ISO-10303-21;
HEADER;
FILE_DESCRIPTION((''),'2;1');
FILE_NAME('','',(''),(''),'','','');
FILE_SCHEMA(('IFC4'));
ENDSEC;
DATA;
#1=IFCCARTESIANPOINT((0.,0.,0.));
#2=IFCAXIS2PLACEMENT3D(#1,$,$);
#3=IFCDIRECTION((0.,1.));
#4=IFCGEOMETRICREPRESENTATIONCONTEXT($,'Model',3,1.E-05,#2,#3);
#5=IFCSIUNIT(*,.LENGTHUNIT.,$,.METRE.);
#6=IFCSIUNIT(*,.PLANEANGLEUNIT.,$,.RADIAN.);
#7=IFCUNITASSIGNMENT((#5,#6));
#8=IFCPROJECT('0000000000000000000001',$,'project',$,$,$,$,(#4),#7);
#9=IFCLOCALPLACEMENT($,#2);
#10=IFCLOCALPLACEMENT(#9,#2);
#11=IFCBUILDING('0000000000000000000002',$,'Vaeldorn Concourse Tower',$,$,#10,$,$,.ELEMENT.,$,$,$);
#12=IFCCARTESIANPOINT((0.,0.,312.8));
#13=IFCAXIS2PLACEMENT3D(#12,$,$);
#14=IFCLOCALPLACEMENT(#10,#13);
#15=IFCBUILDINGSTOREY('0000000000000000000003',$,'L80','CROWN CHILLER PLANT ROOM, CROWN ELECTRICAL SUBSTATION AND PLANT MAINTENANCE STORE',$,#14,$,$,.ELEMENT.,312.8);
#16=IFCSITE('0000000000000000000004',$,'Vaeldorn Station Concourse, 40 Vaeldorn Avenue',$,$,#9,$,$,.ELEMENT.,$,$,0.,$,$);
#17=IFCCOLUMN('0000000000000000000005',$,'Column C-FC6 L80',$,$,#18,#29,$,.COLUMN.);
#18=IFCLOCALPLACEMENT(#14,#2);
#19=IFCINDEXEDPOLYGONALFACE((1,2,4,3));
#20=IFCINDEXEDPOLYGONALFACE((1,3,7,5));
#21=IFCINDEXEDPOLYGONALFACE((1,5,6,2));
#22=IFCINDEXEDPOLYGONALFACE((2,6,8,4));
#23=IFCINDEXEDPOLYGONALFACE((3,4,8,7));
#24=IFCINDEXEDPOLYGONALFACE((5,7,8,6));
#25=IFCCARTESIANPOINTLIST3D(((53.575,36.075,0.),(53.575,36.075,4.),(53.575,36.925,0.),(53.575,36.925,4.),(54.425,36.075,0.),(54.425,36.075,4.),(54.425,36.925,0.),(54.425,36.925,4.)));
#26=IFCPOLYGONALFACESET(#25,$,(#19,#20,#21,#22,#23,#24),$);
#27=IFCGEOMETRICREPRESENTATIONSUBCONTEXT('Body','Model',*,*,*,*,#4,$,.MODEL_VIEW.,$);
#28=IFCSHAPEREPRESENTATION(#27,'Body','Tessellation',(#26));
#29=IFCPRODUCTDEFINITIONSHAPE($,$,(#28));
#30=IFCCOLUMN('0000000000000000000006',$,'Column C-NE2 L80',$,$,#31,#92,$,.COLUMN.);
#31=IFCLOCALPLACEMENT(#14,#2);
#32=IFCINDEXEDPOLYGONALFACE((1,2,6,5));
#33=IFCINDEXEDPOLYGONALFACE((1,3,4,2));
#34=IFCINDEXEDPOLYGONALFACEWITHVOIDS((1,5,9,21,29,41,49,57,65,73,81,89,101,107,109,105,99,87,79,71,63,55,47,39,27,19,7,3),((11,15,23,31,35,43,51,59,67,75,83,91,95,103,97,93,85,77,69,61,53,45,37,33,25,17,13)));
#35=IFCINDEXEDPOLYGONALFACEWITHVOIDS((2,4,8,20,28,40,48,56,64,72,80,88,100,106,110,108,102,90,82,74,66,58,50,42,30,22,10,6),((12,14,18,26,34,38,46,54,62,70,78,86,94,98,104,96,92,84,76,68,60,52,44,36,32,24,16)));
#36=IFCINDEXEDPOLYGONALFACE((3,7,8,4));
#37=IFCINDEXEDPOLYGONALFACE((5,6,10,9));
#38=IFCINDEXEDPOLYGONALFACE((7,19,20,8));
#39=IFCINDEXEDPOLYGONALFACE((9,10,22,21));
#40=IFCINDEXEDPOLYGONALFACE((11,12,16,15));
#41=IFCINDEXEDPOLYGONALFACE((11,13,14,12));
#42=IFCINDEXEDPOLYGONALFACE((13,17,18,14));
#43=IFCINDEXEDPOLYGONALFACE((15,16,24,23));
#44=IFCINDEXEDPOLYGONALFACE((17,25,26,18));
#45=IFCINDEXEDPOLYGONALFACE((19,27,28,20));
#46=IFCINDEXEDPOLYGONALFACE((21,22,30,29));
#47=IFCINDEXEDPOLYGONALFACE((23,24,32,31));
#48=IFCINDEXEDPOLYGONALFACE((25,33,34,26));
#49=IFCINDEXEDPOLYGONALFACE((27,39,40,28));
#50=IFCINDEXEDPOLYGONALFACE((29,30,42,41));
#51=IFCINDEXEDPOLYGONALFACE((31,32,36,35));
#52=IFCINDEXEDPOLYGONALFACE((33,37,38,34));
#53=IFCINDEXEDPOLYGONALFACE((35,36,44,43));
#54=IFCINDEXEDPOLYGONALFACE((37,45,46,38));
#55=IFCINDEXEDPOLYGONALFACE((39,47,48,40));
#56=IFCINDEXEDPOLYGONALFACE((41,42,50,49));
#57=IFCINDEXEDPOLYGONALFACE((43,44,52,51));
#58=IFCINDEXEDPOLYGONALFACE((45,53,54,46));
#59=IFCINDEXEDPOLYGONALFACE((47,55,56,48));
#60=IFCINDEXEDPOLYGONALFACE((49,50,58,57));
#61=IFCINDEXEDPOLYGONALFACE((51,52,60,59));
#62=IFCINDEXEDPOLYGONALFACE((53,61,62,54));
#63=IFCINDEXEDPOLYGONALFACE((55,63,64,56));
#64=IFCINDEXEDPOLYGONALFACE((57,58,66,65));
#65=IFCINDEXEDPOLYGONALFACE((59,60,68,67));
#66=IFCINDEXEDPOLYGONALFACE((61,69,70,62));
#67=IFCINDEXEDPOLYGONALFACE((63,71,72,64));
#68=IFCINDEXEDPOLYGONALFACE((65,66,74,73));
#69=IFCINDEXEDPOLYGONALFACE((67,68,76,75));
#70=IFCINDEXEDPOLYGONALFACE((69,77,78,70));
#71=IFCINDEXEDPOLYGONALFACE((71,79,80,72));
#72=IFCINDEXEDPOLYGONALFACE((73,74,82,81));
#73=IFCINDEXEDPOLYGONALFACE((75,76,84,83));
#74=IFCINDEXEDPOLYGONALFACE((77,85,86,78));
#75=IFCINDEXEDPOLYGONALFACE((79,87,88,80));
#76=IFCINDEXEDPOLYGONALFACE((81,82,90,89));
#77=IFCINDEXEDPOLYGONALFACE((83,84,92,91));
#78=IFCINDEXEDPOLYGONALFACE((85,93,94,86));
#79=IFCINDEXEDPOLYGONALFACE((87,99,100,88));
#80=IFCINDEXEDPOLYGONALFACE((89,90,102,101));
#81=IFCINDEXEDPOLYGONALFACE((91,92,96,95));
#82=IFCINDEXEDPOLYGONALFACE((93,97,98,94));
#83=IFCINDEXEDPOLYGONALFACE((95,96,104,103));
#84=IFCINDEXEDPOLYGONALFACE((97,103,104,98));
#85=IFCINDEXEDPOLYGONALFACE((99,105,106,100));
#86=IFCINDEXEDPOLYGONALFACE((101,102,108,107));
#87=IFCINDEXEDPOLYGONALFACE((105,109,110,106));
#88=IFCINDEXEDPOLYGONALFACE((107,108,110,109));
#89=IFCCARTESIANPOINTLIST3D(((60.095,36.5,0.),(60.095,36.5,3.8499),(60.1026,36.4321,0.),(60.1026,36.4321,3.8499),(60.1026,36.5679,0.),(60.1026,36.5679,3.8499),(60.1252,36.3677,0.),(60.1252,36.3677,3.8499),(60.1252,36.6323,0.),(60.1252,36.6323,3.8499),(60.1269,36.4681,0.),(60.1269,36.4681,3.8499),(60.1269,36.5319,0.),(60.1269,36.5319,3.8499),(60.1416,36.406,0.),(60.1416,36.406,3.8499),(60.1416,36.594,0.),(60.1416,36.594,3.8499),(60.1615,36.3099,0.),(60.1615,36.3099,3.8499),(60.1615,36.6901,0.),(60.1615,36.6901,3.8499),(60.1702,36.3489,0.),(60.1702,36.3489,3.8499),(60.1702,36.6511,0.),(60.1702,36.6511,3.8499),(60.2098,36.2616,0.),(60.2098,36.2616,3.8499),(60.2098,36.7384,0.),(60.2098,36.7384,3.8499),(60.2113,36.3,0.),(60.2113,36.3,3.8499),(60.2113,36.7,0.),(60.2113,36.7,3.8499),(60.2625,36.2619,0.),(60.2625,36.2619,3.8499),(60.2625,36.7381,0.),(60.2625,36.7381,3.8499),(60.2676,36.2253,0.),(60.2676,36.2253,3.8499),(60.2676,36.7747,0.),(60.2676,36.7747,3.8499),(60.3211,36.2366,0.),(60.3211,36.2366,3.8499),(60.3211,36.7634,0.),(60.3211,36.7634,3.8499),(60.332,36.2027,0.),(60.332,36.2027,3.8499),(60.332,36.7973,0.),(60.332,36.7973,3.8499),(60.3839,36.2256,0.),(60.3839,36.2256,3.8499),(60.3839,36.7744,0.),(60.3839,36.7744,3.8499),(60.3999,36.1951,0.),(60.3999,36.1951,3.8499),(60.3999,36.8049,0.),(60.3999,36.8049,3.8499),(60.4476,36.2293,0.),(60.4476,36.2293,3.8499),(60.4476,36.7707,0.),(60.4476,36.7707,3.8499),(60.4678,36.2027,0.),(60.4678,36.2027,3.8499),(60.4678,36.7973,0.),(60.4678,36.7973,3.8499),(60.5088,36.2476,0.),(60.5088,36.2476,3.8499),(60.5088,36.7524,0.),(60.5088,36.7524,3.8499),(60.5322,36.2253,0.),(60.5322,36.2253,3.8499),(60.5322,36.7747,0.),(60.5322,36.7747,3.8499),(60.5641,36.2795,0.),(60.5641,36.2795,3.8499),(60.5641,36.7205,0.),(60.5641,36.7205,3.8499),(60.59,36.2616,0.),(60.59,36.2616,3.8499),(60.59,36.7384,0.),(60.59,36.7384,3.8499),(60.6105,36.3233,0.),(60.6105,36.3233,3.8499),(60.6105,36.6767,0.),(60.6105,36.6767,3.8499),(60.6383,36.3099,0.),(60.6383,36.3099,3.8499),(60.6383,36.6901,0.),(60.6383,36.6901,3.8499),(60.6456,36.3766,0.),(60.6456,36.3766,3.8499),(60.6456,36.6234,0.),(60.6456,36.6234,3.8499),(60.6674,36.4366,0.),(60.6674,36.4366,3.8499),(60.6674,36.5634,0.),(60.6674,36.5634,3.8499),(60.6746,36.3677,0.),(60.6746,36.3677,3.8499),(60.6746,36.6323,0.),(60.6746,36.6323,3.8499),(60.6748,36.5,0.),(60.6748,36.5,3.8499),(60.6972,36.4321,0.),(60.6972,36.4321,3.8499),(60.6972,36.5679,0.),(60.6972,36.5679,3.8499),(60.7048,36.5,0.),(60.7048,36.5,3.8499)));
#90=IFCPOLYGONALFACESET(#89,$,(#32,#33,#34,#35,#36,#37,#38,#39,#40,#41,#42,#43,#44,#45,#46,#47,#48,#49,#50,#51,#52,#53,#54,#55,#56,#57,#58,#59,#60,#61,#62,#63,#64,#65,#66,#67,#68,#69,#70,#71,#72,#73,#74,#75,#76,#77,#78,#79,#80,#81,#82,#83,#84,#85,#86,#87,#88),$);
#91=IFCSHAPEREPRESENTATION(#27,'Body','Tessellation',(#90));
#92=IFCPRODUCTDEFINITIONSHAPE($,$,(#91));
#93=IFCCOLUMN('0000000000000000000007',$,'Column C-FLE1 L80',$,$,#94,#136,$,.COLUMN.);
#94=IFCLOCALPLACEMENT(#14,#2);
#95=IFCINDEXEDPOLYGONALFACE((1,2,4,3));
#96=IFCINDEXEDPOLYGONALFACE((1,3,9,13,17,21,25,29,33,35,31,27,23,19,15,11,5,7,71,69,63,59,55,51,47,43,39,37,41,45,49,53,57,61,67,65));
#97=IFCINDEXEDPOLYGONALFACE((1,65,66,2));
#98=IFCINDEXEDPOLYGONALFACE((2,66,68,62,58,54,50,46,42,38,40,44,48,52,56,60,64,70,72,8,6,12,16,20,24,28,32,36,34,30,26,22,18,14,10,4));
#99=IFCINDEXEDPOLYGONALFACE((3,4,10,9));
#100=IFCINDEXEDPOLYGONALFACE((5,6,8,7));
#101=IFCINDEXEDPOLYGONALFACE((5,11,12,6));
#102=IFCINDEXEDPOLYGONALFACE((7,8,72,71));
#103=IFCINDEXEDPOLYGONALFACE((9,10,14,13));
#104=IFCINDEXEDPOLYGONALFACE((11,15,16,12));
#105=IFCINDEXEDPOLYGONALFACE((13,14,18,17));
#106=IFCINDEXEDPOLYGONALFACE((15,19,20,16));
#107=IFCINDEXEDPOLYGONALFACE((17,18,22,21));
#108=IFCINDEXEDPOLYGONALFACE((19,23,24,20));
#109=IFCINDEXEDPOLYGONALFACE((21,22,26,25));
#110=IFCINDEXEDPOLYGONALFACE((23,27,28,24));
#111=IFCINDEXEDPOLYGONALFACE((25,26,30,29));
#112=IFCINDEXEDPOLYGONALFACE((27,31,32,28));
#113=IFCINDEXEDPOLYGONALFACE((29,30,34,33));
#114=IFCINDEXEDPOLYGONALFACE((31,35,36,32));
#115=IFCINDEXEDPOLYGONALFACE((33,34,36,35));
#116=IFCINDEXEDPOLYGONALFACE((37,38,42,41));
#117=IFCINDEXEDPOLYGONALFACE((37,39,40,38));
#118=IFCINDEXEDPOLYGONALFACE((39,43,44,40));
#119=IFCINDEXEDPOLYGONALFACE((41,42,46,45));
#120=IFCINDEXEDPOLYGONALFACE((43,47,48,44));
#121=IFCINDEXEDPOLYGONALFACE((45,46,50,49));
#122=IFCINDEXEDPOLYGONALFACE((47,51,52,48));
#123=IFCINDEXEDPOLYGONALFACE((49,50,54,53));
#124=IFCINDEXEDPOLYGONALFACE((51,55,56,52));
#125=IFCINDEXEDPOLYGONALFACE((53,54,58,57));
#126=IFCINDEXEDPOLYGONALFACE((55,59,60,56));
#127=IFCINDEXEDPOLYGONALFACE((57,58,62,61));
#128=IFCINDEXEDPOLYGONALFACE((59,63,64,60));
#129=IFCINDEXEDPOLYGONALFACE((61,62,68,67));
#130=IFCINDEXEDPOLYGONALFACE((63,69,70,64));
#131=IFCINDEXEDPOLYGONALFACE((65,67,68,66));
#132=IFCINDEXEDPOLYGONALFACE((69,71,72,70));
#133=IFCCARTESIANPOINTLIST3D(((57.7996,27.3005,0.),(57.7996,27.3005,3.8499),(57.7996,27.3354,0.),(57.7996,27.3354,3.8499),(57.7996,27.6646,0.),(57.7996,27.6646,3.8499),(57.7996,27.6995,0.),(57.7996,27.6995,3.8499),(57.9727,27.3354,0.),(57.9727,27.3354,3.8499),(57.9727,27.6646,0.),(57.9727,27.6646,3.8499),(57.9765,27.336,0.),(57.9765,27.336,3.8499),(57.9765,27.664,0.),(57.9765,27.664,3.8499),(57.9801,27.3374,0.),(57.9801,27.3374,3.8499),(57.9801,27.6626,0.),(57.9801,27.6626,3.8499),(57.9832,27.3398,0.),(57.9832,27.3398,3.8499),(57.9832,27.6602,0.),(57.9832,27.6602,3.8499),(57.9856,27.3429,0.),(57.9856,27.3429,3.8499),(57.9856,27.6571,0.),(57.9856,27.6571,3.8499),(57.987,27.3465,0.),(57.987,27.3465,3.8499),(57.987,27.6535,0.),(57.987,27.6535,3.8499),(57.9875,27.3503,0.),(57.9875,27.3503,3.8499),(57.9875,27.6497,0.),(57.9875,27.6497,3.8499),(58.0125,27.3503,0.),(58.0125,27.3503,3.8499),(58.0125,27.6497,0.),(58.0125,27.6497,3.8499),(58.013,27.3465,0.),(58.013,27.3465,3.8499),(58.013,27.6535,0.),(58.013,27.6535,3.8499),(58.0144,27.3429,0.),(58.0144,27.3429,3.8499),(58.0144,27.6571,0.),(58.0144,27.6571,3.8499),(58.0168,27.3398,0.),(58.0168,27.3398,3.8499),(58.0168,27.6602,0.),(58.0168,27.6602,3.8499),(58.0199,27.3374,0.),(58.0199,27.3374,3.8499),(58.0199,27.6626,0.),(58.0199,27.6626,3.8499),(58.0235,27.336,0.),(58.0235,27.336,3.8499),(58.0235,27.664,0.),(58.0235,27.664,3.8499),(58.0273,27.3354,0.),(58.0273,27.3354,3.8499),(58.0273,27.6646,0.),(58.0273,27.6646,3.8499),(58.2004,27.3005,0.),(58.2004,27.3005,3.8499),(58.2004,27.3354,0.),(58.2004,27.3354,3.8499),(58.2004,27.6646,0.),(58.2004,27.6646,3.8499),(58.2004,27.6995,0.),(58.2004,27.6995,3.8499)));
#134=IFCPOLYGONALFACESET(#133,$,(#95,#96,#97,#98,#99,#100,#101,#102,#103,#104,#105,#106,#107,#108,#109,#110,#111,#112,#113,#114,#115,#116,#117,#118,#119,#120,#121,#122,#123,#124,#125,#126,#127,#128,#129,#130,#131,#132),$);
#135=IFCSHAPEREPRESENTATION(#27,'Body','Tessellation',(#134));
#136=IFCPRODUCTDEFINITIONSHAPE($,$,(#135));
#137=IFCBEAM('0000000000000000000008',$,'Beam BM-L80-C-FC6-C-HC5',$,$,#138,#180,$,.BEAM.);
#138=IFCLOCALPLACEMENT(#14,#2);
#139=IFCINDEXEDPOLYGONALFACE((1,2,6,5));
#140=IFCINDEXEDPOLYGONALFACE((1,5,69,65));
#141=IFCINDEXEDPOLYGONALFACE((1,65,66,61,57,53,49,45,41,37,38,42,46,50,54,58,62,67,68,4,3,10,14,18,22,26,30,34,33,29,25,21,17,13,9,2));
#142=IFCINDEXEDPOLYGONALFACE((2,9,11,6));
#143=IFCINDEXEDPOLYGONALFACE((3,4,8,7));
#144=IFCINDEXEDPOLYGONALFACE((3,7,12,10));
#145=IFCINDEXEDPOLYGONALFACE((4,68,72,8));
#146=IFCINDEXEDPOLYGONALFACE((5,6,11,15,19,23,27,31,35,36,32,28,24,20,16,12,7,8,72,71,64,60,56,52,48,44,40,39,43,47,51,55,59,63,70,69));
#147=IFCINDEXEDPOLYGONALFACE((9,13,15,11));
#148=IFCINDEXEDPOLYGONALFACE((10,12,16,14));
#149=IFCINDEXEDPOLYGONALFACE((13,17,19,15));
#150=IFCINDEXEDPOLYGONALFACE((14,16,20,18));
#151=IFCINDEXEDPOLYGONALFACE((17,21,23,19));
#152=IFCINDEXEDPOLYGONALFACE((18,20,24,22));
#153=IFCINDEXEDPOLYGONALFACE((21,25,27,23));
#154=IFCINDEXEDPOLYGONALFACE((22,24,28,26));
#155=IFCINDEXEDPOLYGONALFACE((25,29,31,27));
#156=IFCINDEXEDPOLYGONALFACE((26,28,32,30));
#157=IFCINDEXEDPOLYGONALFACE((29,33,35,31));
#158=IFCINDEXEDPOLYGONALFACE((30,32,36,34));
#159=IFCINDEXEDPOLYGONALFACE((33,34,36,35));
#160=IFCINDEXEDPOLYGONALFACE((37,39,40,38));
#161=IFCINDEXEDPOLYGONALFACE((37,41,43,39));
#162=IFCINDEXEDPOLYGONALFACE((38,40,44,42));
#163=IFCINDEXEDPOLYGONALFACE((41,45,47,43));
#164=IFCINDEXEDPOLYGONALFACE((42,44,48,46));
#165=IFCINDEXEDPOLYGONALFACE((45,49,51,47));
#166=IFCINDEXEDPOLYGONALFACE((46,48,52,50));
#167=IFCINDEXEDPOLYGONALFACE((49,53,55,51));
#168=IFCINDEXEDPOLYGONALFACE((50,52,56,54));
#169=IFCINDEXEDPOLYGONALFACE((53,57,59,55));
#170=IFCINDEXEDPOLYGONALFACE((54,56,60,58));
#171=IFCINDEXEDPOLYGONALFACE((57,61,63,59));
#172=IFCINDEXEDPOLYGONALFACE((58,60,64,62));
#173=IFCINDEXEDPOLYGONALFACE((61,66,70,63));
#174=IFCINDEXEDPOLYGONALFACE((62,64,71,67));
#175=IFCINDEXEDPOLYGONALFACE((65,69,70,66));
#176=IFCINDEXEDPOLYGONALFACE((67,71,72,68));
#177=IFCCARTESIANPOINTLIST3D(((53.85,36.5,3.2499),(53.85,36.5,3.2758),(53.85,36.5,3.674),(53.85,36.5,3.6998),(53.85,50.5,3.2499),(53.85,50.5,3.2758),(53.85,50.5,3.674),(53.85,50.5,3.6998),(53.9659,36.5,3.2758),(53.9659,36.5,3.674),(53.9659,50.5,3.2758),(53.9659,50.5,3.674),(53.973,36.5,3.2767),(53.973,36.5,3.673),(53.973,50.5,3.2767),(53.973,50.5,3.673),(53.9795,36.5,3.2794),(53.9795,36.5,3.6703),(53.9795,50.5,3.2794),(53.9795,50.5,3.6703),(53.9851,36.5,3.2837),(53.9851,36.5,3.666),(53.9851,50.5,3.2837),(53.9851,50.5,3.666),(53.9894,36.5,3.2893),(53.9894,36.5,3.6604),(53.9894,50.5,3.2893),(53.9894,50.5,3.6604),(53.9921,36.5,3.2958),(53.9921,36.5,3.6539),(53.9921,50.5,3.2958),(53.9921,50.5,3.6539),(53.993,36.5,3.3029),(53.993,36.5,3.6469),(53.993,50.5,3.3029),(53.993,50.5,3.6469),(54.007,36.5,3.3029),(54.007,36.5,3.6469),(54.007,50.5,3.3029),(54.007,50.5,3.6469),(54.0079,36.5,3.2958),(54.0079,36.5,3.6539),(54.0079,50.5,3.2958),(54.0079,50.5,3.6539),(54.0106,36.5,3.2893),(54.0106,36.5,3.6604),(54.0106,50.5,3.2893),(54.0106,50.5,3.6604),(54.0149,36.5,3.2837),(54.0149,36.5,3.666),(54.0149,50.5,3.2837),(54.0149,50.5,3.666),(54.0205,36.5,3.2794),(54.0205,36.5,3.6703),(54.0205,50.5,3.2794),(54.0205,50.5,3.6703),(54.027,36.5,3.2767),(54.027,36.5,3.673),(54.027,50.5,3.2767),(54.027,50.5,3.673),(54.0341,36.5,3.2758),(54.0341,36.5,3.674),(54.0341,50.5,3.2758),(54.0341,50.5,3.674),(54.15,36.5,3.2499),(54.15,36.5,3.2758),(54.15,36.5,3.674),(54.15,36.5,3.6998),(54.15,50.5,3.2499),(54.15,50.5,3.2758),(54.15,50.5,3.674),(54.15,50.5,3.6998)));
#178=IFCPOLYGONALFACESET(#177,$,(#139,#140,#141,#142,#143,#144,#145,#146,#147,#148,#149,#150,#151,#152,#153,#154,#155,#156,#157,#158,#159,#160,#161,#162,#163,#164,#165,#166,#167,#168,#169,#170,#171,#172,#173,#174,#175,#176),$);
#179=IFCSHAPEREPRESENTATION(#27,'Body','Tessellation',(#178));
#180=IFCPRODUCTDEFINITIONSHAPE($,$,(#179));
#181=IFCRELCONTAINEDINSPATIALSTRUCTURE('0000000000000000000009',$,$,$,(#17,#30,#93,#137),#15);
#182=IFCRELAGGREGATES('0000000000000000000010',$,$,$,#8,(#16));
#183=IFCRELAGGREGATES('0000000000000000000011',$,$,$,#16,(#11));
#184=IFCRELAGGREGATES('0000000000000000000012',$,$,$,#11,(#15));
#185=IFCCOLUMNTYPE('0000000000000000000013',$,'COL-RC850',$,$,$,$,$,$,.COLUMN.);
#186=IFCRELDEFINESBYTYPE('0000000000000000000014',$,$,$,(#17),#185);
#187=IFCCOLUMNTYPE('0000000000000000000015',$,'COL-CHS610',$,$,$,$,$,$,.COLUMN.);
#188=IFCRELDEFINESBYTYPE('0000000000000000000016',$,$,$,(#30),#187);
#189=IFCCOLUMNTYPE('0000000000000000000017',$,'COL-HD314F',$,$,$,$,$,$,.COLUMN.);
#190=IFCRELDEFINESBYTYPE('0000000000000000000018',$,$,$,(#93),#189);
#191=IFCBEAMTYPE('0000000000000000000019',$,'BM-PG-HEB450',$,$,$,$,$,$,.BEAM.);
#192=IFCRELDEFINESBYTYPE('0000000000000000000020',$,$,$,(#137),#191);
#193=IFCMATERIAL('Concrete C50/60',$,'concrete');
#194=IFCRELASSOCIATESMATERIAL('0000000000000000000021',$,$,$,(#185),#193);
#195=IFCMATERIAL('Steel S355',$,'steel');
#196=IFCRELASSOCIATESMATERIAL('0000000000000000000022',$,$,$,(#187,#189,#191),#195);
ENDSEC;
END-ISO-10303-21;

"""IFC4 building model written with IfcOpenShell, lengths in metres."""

from ifc_helpers import new_model, si_unit, direction, frame, origin, origin_2d, place, context, subcontext, project, spatial, rectangle, hollow_circle, i_section, extrude, source, transform, mapped, material, material_profile, profile_set, type_object, element, save


model = new_model("IFC4")

# Units and contexts
model_context = context("Model", 3, precision=1e-05, world=origin(), true_north=direction((0.0, 1.0)))
body_context = subcontext(model_context, "Body", "Model", "MODEL_VIEW")
ifc_project = project(units=[si_unit("LENGTHUNIT", "METRE"), si_unit("PLANEANGLEUNIT", "RADIAN")], contexts=[model_context])

# Site, building, storey
site_placement = place(None, origin())
site = spatial("IfcSite", under=ifc_project, at=site_placement, Name="Vaeldorn Station Concourse, 40 Vaeldorn Avenue", CompositionType="ELEMENT", RefElevation=0.0)
building_placement = place(site_placement, origin())
building = spatial("IfcBuilding", under=site, at=building_placement, Name="Vaeldorn Concourse Tower", CompositionType="ELEMENT")
storey_placement = place(building_placement, frame((0.0, 0.0, 312.8)))
storey = spatial("IfcBuildingStorey", under=building, at=storey_placement, Name="L80", Description="CROWN CHILLER PLANT ROOM, CROWN ELECTRICAL SUBSTATION AND PLANT MAINTENANCE STORE", CompositionType="ELEMENT", Elevation=312.8)

# Columns
ifc_material_1 = material(Name="Concrete C50/60", Category="concrete")
ifc_material_profile_1 = material_profile(ifc_material_1, rectangle(XDim=0.8501, YDim=0.8501, at=origin_2d()), Name="RC 850x850")
ifc_profile_set_1 = profile_set([ifc_material_profile_1], Name="Concrete C50/60")
column_type_1 = type_object("IfcColumnType", Name="COL-RC850", PredefinedType="COLUMN", material=ifc_profile_set_1)
shared_shape_1 = source(origin(), body_context, "Body", "SweptSolid", [
    extrude(rectangle(XDim=0.8501, YDim=0.8501, at=origin_2d()), origin(), (0.0, 0.0, 1.0), 4.0),
])
column_1_placement = place(storey_placement, frame((54.0, 36.5, 0.0), z_axis=(0.0, 0.0, 1.0), x_axis=(1.0, 0.0, 0.0)))
element("IfcColumn", 1, at=column_1_placement, inside=storey, type_object=column_type_1, Name="Column C-FC6 L80", PredefinedType="COLUMN", context=body_context, shape_type="MappedRepresentation", body=[
    mapped(shared_shape_1, transform((0.0, 0.0, 0.0), scale=1.0)),
])
ifc_material_2 = material(Name="Steel S355", Category="steel")
ifc_material_profile_2 = material_profile(ifc_material_2, hollow_circle(Radius=0.3049, WallThickness=0.03, at=origin_2d()), Name="CHS 610x30")
ifc_profile_set_2 = profile_set([ifc_material_profile_2], Name="Steel S355")
column_type_2 = type_object("IfcColumnType", Name="COL-CHS610", PredefinedType="COLUMN", material=ifc_profile_set_2)
shared_shape_2 = source(origin(), body_context, "Body", "SweptSolid", [
    extrude(hollow_circle(Radius=0.3049, WallThickness=0.03, at=origin_2d()), origin(), (0.0, 0.0, 1.0), 3.8499),
])
column_2_placement = place(storey_placement, frame((60.3999, 36.5, 0.0), z_axis=(0.0, 0.0, 1.0), x_axis=(1.0, 0.0, 0.0)))
element("IfcColumn", 2, at=column_2_placement, inside=storey, type_object=column_type_2, Name="Column C-NE2 L80", PredefinedType="COLUMN", context=body_context, shape_type="MappedRepresentation", body=[
    mapped(shared_shape_2, transform((0.0, 0.0, 0.0), scale=1.0)),
])
ifc_material_profile_3 = material_profile(ifc_material_2, i_section(OverallWidth=0.4009, OverallDepth=0.3989, WebThickness=0.0249, FlangeThickness=0.0349, FilletRadius=0.0149, at=origin_2d()), Name="HD 400x314")
ifc_profile_set_3 = profile_set([ifc_material_profile_3], Name="Steel S355")
column_type_3 = type_object("IfcColumnType", Name="COL-HD314F", PredefinedType="COLUMN", material=ifc_profile_set_3)
shared_shape_3 = source(origin(), body_context, "Body", "SweptSolid", [
    extrude(i_section(OverallWidth=0.4009, OverallDepth=0.3989, WebThickness=0.0249, FlangeThickness=0.0349, FilletRadius=0.0149, at=origin_2d()), origin(), (0.0, 0.0, 1.0), 3.8499),
])
column_3_placement = place(storey_placement, frame((58.0, 27.5, 0.0), z_axis=(0.0, 0.0, 1.0), x_axis=(1.0, 0.0, 0.0)))
element("IfcColumn", 3, at=column_3_placement, inside=storey, type_object=column_type_3, Name="Column C-FLE1 L80", PredefinedType="COLUMN", context=body_context, shape_type="MappedRepresentation", body=[
    mapped(shared_shape_3, transform((0.0, 0.0, 0.0), scale=1.0)),
])

# Beam
ifc_material_profile_4 = material_profile(ifc_material_2, i_section(OverallWidth=0.3, OverallDepth=0.45, WebThickness=0.0139, FlangeThickness=0.0259, FilletRadius=0.0271, at=origin_2d()), Name="HEB 450")
ifc_profile_set_4 = profile_set([ifc_material_profile_4], Name="Steel S355")
beam_type = type_object("IfcBeamType", Name="BM-PG-HEB450", PredefinedType="BEAM", material=ifc_profile_set_4)
shared_shape_4 = source(origin(), body_context, "Body", "SweptSolid", [
    extrude(i_section(OverallWidth=0.3, OverallDepth=0.45, WebThickness=0.0139, FlangeThickness=0.0259, FilletRadius=0.0271, at=origin_2d()), origin(), (0.0, 0.0, 1.0), 14.0),
])
beam_1_placement = place(storey_placement, frame((54.0, 36.5, 3.4749), z_axis=(0.0, 1.0, 0.0), x_axis=(-1.0, 0.0, 0.0)))
element("IfcBeam", 4, at=beam_1_placement, inside=storey, type_object=beam_type, Name="Beam BM-L80-C-FC6-C-HC5", PredefinedType="BEAM", context=body_context, shape_type="MappedRepresentation", body=[
    mapped(shared_shape_4, transform((0.0, 0.0, 0.0), scale=1.0)),
])

save(model, "model.ifc")
